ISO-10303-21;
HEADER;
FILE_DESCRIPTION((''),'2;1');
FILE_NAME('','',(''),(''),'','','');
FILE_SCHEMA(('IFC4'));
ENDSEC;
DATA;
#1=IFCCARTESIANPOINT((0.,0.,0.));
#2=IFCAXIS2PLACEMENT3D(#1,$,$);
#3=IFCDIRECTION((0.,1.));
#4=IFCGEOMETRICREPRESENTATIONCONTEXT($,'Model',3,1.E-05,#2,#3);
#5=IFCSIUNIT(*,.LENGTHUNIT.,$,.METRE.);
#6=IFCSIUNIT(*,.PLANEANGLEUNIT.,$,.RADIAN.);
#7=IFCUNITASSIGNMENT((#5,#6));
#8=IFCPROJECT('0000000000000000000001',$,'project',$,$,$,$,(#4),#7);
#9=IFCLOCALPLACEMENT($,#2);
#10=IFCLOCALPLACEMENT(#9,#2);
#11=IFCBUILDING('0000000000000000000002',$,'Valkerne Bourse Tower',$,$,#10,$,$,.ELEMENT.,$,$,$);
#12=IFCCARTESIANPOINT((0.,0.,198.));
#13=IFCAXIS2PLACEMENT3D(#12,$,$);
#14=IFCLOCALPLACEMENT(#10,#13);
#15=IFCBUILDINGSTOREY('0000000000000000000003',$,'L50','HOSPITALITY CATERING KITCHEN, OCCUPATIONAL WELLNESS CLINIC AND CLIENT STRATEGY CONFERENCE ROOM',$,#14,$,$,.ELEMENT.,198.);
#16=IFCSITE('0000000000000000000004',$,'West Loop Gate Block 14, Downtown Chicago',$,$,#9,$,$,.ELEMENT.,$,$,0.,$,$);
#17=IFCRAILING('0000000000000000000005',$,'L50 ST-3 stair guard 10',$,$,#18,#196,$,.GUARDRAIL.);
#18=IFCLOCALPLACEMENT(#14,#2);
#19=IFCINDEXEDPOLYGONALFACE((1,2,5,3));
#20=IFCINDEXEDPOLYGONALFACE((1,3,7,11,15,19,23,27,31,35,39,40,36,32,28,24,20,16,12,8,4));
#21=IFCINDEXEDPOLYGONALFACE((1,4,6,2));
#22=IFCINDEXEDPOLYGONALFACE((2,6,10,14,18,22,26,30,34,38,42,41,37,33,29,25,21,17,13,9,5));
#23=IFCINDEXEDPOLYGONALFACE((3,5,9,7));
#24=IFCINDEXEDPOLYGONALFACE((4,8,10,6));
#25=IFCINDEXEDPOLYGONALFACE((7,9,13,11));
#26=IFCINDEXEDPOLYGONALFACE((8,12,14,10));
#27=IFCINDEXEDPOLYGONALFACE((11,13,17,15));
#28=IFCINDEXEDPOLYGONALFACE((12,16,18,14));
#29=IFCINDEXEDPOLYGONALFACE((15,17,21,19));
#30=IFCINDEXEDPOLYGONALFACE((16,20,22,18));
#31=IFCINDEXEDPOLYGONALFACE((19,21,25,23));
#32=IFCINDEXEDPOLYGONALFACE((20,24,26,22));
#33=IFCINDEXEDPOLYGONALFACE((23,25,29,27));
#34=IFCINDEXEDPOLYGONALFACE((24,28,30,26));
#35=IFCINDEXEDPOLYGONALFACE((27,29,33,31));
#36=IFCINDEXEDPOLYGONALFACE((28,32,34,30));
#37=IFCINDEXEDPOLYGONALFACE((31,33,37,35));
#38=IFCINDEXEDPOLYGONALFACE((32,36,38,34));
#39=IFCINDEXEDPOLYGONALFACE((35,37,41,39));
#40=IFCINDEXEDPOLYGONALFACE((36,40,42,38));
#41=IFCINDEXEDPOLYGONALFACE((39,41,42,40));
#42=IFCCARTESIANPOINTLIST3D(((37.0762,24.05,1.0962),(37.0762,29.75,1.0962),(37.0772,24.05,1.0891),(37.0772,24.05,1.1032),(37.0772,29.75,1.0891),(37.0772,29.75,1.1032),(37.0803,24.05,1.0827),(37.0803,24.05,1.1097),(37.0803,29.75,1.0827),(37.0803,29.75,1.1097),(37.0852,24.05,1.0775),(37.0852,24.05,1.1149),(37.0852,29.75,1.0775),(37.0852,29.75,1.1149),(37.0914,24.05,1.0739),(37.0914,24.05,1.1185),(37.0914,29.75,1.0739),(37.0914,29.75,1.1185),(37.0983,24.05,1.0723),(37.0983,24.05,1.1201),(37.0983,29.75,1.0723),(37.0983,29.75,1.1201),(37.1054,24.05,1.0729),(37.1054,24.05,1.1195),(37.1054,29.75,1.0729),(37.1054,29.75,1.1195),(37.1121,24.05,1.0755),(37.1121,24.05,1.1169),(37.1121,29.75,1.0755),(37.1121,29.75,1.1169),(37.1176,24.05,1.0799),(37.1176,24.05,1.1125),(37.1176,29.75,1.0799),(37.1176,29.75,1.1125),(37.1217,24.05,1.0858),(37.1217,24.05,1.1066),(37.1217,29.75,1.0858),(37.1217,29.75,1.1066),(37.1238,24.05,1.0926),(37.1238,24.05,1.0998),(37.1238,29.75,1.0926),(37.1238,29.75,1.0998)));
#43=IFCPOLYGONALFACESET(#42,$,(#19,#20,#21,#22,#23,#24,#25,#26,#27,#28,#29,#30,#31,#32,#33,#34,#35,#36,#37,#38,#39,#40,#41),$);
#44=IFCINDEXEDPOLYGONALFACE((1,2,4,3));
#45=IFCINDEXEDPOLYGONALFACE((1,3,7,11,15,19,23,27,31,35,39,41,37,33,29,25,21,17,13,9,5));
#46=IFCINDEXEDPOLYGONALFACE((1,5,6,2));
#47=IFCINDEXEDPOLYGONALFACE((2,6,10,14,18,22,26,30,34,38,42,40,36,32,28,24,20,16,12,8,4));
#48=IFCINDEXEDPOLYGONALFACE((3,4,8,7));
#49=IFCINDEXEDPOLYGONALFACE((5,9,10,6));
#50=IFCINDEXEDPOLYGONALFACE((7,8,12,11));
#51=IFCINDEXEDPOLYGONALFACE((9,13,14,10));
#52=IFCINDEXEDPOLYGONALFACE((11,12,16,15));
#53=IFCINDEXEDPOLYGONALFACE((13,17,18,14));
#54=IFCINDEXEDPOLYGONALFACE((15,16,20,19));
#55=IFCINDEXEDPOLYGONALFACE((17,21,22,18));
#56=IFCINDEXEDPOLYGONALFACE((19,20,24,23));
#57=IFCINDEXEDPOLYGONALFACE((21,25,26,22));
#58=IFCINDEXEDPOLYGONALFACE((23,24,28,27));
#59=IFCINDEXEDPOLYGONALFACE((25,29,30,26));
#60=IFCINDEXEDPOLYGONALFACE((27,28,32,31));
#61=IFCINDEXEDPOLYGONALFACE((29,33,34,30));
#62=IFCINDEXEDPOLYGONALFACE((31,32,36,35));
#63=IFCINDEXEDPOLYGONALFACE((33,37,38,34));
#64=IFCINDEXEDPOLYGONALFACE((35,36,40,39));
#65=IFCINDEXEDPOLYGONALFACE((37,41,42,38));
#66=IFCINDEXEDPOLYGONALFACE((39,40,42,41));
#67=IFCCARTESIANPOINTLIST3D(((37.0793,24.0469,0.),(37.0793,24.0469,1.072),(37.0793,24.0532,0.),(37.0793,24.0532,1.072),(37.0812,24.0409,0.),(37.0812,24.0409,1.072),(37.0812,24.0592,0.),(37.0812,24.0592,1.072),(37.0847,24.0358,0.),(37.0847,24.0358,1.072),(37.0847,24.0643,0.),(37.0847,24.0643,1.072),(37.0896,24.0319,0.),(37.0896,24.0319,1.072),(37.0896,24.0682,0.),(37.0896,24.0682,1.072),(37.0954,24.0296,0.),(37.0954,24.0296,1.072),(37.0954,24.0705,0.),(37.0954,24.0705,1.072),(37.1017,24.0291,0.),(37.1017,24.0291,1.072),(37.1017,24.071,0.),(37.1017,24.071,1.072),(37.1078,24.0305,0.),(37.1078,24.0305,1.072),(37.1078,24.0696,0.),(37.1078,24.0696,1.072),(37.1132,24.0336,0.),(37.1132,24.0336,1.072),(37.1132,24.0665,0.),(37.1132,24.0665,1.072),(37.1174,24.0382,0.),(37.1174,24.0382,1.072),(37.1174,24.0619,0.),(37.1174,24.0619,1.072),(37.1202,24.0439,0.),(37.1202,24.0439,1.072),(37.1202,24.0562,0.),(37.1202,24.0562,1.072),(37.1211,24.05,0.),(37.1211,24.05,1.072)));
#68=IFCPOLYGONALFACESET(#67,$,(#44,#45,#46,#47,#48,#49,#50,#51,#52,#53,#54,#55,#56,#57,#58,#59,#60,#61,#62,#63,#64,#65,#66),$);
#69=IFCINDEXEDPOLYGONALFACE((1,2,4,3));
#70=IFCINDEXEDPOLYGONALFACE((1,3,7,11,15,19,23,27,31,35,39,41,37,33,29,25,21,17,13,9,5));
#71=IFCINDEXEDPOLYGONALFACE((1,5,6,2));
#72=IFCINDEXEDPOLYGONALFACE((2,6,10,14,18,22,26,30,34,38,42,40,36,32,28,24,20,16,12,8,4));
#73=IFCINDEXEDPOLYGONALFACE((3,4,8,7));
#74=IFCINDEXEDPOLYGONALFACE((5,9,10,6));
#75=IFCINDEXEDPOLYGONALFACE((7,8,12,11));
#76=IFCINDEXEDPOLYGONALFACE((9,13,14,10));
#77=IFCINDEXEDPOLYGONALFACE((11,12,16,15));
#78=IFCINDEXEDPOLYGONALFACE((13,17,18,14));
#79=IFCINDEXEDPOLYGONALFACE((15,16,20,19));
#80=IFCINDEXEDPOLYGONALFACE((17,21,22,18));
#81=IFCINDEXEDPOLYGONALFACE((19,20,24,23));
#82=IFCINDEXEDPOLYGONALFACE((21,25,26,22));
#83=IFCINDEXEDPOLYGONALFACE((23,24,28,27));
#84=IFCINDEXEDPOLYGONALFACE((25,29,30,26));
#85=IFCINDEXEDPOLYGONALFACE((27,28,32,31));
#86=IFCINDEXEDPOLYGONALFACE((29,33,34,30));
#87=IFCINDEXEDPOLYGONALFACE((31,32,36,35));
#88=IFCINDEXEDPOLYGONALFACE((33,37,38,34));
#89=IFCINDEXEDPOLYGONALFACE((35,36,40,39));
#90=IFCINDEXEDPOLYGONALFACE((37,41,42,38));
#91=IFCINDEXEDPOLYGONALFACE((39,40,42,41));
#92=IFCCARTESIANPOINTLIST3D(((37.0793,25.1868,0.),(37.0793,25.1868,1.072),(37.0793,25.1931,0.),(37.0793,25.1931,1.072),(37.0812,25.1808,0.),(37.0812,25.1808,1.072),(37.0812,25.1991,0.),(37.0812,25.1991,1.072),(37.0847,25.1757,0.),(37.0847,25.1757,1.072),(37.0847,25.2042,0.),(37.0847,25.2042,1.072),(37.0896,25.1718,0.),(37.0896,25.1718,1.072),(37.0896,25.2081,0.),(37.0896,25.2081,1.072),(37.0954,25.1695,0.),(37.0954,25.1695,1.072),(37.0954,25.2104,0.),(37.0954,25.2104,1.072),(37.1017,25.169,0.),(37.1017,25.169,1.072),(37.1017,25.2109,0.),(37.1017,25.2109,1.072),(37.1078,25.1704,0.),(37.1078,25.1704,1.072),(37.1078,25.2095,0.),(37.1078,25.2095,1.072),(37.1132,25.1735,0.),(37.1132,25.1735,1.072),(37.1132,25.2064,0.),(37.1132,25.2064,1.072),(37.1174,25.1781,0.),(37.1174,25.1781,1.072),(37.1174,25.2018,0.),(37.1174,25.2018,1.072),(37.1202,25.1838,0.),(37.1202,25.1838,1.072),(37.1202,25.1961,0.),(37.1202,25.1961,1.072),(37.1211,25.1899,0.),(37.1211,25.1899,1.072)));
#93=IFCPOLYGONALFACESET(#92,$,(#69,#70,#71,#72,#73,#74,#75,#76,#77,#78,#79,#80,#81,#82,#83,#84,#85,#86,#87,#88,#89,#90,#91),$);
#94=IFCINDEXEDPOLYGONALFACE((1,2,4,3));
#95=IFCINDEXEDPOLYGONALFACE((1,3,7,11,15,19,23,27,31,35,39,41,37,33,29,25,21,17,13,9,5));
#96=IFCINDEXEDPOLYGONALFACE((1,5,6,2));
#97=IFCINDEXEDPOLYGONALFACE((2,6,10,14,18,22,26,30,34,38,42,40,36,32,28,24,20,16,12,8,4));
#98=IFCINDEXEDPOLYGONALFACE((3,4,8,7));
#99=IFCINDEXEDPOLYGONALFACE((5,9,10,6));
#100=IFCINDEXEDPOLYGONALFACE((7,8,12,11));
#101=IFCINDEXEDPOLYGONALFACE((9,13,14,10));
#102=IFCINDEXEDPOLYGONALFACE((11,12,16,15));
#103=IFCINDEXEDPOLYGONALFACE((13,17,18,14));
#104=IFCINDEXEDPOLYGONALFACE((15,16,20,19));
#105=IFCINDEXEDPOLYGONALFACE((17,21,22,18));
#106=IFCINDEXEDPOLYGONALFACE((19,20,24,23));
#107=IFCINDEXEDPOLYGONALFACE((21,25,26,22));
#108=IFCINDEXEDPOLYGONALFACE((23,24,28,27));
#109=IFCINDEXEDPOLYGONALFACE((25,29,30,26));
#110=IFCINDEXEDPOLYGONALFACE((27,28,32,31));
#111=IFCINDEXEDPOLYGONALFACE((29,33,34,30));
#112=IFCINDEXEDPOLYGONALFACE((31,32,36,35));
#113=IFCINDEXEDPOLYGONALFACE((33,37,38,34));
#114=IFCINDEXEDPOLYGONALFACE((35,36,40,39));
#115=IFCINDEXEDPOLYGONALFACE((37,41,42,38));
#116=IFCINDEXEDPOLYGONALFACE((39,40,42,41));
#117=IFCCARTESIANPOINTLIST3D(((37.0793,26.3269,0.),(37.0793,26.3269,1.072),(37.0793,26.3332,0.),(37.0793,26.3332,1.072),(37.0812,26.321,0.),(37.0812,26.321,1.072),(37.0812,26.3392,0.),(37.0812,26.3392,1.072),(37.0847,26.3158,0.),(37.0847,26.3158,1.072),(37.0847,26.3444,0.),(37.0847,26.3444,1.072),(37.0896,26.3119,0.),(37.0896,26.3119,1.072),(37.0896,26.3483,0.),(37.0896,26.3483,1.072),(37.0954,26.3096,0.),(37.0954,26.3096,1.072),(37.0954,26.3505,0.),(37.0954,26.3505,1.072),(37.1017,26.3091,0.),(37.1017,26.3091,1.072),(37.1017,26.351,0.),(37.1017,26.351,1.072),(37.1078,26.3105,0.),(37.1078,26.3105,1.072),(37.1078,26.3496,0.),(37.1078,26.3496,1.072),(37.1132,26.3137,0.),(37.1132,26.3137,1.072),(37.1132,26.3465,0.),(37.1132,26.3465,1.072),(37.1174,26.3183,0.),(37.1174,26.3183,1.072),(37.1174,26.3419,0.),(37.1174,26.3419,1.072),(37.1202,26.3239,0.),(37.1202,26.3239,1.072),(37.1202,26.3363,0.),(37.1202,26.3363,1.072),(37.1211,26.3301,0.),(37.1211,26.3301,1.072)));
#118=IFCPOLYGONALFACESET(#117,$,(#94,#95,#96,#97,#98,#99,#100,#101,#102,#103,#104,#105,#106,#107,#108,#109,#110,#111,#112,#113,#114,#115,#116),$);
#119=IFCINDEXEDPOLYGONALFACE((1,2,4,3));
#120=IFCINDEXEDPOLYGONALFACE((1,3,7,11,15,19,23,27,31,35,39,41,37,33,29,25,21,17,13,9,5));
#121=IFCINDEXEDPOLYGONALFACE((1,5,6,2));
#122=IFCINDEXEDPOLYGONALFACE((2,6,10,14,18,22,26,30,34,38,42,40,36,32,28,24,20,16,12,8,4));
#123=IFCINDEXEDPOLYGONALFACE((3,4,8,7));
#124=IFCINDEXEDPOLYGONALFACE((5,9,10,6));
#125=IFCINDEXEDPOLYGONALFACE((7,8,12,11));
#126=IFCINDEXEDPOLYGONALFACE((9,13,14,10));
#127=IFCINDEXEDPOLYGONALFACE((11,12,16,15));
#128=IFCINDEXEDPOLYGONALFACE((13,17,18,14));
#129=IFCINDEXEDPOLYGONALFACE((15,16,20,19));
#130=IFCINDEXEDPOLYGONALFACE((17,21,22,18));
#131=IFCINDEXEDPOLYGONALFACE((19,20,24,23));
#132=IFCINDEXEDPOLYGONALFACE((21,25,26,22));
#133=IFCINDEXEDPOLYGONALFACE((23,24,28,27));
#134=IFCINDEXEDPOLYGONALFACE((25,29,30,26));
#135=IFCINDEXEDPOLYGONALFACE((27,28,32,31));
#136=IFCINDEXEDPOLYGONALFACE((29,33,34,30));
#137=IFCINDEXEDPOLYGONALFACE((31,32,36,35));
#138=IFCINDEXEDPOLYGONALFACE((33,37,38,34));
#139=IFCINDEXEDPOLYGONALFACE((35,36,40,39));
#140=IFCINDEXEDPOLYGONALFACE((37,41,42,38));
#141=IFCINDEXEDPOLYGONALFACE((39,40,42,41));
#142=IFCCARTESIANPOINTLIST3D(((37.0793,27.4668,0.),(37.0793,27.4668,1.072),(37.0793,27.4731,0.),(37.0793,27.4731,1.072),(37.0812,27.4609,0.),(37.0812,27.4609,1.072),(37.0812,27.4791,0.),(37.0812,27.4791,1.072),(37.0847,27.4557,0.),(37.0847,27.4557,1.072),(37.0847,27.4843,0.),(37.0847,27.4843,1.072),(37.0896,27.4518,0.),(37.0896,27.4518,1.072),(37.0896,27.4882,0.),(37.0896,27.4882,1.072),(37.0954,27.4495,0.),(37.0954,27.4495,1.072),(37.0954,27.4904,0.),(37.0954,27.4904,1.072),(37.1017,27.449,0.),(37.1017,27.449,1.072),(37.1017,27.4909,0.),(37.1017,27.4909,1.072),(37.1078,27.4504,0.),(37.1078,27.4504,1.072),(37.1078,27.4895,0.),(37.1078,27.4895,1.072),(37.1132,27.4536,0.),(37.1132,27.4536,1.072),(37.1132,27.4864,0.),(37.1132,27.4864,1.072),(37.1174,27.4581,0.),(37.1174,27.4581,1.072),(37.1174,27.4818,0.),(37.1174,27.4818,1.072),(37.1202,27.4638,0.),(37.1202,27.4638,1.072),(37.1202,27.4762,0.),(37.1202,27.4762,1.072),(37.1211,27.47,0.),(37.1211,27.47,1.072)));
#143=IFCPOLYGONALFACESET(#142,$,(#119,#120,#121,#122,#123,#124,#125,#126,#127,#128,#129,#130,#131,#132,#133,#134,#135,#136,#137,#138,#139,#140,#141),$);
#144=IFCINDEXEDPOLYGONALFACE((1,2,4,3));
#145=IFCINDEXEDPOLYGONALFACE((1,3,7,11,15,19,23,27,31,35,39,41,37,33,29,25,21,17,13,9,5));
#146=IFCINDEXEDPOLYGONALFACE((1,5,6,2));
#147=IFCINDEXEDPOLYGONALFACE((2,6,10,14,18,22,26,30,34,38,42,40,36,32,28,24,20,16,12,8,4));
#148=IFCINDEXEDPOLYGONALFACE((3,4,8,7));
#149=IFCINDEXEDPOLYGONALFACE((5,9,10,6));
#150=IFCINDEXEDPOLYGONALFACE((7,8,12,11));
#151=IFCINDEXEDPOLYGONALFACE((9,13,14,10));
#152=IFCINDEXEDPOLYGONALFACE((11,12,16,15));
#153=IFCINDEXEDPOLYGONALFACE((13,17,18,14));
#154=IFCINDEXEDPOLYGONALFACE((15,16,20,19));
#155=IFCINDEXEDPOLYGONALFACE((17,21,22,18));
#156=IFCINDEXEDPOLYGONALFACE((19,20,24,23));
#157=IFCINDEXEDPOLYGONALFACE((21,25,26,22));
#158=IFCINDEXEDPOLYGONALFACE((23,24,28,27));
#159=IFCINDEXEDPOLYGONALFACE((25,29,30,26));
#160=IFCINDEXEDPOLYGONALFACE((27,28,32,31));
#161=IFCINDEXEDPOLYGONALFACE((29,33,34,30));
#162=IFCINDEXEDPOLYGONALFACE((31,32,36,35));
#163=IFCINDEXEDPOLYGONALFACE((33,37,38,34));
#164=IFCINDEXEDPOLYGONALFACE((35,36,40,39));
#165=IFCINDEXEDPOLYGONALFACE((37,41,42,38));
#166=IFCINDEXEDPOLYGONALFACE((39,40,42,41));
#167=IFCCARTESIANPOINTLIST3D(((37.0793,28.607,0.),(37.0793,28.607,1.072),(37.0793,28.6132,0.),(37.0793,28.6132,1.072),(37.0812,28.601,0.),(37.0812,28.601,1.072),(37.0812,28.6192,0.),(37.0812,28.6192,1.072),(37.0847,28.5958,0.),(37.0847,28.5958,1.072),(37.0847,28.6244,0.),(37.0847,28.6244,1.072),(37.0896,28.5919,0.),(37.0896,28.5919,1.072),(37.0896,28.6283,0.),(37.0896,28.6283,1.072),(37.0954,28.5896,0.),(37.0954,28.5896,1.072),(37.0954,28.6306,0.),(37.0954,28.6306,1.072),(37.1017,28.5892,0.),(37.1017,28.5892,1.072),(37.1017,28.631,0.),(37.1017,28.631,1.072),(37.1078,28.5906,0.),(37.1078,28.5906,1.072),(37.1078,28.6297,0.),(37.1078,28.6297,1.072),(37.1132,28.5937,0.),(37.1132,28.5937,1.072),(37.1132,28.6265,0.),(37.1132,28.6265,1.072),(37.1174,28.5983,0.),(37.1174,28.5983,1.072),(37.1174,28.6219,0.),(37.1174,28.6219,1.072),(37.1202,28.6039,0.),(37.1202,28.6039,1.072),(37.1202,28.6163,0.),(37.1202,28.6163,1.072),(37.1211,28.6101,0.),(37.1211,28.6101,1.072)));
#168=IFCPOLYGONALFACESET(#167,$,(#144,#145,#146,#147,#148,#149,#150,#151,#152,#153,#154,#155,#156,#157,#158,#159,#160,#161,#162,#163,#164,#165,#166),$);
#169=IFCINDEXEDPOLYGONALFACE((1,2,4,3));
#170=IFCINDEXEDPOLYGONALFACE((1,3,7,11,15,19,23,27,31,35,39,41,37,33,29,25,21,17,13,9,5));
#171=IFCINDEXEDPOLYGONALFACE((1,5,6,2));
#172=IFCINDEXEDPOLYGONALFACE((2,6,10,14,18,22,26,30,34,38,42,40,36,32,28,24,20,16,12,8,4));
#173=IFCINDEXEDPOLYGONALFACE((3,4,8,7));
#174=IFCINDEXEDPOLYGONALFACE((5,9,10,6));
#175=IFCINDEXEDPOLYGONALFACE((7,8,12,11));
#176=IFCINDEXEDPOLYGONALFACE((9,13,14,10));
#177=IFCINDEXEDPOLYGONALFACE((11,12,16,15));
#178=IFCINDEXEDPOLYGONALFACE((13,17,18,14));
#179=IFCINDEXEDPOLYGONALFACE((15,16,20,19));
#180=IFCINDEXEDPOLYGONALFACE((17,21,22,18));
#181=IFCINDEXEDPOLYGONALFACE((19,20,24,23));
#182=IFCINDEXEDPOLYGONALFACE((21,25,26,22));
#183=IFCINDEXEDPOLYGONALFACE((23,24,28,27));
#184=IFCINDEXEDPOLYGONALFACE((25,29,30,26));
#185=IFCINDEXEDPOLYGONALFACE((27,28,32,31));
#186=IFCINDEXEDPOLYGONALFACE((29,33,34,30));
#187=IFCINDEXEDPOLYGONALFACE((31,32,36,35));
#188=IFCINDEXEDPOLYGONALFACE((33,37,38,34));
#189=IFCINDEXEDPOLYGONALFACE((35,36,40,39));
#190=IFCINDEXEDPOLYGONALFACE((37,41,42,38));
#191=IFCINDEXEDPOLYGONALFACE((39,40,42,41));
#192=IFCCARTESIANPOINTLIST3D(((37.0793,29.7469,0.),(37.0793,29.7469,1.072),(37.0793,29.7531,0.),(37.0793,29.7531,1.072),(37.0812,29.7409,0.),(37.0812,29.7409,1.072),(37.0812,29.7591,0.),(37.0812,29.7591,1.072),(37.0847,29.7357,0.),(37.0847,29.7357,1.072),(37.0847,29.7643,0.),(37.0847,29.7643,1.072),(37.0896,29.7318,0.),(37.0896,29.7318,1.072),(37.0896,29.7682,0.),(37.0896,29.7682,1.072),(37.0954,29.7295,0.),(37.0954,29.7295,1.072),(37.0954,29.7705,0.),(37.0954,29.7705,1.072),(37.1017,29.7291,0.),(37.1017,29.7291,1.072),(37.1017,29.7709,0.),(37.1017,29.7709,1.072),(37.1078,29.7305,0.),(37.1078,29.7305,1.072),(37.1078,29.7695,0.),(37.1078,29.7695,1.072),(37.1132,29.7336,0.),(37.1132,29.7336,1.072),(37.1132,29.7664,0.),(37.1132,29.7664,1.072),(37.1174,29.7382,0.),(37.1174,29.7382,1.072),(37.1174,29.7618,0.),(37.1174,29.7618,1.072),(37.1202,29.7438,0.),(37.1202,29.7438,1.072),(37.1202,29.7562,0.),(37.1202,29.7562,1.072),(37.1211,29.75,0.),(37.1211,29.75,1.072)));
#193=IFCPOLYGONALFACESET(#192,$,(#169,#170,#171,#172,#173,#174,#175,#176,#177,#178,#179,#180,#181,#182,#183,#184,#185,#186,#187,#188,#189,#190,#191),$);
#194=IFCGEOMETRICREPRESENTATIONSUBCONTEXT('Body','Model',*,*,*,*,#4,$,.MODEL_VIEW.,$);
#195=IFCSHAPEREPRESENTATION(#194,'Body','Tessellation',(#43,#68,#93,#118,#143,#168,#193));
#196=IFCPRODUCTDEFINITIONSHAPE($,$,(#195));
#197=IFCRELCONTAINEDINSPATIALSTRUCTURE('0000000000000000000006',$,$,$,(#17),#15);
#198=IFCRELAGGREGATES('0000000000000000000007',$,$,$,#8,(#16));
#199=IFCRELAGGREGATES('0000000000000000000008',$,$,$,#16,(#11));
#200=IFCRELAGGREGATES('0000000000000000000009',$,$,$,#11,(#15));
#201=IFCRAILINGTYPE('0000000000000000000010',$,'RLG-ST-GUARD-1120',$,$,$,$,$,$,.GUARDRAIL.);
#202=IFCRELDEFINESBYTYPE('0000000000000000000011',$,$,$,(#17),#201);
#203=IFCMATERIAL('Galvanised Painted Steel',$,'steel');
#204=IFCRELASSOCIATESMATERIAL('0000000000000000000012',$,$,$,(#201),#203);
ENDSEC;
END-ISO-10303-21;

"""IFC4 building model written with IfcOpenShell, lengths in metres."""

from ifc_helpers import new_model, si_unit, direction, frame, origin, origin_2d, place, context, subcontext, project, spatial, circle, extrude, material, type_object, element, save


model = new_model("IFC4")

# Units and contexts
model_context = context("Model", 3, precision=1e-05, world=origin(), true_north=direction((0.0, 1.0)))
body_context = subcontext(model_context, "Body", "Model", "MODEL_VIEW")
ifc_project = project(units=[si_unit("LENGTHUNIT", "METRE"), si_unit("PLANEANGLEUNIT", "RADIAN")], contexts=[model_context])

# Site, building, storey
site_placement = place(None, origin())
site = spatial("IfcSite", under=ifc_project, at=site_placement, Name="West Loop Gate Block 14, Downtown Chicago", CompositionType="ELEMENT", RefElevation=0.0)
building_placement = place(site_placement, origin())
building = spatial("IfcBuilding", under=site, at=building_placement, Name="Valkerne Bourse Tower", CompositionType="ELEMENT")
storey_placement = place(building_placement, frame((0.0, 0.0, 198.0)))
storey = spatial("IfcBuildingStorey", under=building, at=storey_placement, Name="L50", Description="HOSPITALITY CATERING KITCHEN, OCCUPATIONAL WELLNESS CLINIC AND CLIENT STRATEGY CONFERENCE ROOM", CompositionType="ELEMENT", Elevation=198.0)

# Railing
ifc_material_1 = material(Name="Galvanised Painted Steel", Category="steel")
railing_type_1 = type_object("IfcRailingType", Name="RLG-ST-GUARD-1120", PredefinedType="GUARDRAIL", material=ifc_material_1)
for number, where, name in (
    (1, (37.1001, 24.05, 0.0), "L50 ST-3 stair guard 10"),
):
    element("IfcRailing", number, at=place(storey_placement, frame(where)), inside=storey, type_object=railing_type_1, Name=name, PredefinedType="GUARDRAIL", context=body_context, shape_type="SweptSolid", body=[
        extrude(circle(Radius=0.0239, at=origin_2d()), frame((0.0, 0.0, 1.0962), z_axis=(0.0, 1.0, 0.0), x_axis=(-1.0, 0.0, 0.0)), (0.0, 0.0, 1.0), 5.7),
        extrude(circle(Radius=0.021, at=origin_2d()), origin(), (0.0, 0.0, 1.0), 1.072),
        extrude(circle(Radius=0.021, at=origin_2d()), frame((0.0, 1.1399, 0.0)), (0.0, 0.0, 1.0), 1.072),
        extrude(circle(Radius=0.021, at=origin_2d()), frame((0.0, 2.28, 0.0)), (0.0, 0.0, 1.0), 1.072),
        extrude(circle(Radius=0.021, at=origin_2d()), frame((0.0, 3.4199, 0.0)), (0.0, 0.0, 1.0), 1.072),
        extrude(circle(Radius=0.021, at=origin_2d()), frame((0.0, 4.5601, 0.0)), (0.0, 0.0, 1.0), 1.072),
        extrude(circle(Radius=0.021, at=origin_2d()), frame((0.0, 5.7, 0.0)), (0.0, 0.0, 1.0), 1.072),
    ])

save(model, "model.ifc")
